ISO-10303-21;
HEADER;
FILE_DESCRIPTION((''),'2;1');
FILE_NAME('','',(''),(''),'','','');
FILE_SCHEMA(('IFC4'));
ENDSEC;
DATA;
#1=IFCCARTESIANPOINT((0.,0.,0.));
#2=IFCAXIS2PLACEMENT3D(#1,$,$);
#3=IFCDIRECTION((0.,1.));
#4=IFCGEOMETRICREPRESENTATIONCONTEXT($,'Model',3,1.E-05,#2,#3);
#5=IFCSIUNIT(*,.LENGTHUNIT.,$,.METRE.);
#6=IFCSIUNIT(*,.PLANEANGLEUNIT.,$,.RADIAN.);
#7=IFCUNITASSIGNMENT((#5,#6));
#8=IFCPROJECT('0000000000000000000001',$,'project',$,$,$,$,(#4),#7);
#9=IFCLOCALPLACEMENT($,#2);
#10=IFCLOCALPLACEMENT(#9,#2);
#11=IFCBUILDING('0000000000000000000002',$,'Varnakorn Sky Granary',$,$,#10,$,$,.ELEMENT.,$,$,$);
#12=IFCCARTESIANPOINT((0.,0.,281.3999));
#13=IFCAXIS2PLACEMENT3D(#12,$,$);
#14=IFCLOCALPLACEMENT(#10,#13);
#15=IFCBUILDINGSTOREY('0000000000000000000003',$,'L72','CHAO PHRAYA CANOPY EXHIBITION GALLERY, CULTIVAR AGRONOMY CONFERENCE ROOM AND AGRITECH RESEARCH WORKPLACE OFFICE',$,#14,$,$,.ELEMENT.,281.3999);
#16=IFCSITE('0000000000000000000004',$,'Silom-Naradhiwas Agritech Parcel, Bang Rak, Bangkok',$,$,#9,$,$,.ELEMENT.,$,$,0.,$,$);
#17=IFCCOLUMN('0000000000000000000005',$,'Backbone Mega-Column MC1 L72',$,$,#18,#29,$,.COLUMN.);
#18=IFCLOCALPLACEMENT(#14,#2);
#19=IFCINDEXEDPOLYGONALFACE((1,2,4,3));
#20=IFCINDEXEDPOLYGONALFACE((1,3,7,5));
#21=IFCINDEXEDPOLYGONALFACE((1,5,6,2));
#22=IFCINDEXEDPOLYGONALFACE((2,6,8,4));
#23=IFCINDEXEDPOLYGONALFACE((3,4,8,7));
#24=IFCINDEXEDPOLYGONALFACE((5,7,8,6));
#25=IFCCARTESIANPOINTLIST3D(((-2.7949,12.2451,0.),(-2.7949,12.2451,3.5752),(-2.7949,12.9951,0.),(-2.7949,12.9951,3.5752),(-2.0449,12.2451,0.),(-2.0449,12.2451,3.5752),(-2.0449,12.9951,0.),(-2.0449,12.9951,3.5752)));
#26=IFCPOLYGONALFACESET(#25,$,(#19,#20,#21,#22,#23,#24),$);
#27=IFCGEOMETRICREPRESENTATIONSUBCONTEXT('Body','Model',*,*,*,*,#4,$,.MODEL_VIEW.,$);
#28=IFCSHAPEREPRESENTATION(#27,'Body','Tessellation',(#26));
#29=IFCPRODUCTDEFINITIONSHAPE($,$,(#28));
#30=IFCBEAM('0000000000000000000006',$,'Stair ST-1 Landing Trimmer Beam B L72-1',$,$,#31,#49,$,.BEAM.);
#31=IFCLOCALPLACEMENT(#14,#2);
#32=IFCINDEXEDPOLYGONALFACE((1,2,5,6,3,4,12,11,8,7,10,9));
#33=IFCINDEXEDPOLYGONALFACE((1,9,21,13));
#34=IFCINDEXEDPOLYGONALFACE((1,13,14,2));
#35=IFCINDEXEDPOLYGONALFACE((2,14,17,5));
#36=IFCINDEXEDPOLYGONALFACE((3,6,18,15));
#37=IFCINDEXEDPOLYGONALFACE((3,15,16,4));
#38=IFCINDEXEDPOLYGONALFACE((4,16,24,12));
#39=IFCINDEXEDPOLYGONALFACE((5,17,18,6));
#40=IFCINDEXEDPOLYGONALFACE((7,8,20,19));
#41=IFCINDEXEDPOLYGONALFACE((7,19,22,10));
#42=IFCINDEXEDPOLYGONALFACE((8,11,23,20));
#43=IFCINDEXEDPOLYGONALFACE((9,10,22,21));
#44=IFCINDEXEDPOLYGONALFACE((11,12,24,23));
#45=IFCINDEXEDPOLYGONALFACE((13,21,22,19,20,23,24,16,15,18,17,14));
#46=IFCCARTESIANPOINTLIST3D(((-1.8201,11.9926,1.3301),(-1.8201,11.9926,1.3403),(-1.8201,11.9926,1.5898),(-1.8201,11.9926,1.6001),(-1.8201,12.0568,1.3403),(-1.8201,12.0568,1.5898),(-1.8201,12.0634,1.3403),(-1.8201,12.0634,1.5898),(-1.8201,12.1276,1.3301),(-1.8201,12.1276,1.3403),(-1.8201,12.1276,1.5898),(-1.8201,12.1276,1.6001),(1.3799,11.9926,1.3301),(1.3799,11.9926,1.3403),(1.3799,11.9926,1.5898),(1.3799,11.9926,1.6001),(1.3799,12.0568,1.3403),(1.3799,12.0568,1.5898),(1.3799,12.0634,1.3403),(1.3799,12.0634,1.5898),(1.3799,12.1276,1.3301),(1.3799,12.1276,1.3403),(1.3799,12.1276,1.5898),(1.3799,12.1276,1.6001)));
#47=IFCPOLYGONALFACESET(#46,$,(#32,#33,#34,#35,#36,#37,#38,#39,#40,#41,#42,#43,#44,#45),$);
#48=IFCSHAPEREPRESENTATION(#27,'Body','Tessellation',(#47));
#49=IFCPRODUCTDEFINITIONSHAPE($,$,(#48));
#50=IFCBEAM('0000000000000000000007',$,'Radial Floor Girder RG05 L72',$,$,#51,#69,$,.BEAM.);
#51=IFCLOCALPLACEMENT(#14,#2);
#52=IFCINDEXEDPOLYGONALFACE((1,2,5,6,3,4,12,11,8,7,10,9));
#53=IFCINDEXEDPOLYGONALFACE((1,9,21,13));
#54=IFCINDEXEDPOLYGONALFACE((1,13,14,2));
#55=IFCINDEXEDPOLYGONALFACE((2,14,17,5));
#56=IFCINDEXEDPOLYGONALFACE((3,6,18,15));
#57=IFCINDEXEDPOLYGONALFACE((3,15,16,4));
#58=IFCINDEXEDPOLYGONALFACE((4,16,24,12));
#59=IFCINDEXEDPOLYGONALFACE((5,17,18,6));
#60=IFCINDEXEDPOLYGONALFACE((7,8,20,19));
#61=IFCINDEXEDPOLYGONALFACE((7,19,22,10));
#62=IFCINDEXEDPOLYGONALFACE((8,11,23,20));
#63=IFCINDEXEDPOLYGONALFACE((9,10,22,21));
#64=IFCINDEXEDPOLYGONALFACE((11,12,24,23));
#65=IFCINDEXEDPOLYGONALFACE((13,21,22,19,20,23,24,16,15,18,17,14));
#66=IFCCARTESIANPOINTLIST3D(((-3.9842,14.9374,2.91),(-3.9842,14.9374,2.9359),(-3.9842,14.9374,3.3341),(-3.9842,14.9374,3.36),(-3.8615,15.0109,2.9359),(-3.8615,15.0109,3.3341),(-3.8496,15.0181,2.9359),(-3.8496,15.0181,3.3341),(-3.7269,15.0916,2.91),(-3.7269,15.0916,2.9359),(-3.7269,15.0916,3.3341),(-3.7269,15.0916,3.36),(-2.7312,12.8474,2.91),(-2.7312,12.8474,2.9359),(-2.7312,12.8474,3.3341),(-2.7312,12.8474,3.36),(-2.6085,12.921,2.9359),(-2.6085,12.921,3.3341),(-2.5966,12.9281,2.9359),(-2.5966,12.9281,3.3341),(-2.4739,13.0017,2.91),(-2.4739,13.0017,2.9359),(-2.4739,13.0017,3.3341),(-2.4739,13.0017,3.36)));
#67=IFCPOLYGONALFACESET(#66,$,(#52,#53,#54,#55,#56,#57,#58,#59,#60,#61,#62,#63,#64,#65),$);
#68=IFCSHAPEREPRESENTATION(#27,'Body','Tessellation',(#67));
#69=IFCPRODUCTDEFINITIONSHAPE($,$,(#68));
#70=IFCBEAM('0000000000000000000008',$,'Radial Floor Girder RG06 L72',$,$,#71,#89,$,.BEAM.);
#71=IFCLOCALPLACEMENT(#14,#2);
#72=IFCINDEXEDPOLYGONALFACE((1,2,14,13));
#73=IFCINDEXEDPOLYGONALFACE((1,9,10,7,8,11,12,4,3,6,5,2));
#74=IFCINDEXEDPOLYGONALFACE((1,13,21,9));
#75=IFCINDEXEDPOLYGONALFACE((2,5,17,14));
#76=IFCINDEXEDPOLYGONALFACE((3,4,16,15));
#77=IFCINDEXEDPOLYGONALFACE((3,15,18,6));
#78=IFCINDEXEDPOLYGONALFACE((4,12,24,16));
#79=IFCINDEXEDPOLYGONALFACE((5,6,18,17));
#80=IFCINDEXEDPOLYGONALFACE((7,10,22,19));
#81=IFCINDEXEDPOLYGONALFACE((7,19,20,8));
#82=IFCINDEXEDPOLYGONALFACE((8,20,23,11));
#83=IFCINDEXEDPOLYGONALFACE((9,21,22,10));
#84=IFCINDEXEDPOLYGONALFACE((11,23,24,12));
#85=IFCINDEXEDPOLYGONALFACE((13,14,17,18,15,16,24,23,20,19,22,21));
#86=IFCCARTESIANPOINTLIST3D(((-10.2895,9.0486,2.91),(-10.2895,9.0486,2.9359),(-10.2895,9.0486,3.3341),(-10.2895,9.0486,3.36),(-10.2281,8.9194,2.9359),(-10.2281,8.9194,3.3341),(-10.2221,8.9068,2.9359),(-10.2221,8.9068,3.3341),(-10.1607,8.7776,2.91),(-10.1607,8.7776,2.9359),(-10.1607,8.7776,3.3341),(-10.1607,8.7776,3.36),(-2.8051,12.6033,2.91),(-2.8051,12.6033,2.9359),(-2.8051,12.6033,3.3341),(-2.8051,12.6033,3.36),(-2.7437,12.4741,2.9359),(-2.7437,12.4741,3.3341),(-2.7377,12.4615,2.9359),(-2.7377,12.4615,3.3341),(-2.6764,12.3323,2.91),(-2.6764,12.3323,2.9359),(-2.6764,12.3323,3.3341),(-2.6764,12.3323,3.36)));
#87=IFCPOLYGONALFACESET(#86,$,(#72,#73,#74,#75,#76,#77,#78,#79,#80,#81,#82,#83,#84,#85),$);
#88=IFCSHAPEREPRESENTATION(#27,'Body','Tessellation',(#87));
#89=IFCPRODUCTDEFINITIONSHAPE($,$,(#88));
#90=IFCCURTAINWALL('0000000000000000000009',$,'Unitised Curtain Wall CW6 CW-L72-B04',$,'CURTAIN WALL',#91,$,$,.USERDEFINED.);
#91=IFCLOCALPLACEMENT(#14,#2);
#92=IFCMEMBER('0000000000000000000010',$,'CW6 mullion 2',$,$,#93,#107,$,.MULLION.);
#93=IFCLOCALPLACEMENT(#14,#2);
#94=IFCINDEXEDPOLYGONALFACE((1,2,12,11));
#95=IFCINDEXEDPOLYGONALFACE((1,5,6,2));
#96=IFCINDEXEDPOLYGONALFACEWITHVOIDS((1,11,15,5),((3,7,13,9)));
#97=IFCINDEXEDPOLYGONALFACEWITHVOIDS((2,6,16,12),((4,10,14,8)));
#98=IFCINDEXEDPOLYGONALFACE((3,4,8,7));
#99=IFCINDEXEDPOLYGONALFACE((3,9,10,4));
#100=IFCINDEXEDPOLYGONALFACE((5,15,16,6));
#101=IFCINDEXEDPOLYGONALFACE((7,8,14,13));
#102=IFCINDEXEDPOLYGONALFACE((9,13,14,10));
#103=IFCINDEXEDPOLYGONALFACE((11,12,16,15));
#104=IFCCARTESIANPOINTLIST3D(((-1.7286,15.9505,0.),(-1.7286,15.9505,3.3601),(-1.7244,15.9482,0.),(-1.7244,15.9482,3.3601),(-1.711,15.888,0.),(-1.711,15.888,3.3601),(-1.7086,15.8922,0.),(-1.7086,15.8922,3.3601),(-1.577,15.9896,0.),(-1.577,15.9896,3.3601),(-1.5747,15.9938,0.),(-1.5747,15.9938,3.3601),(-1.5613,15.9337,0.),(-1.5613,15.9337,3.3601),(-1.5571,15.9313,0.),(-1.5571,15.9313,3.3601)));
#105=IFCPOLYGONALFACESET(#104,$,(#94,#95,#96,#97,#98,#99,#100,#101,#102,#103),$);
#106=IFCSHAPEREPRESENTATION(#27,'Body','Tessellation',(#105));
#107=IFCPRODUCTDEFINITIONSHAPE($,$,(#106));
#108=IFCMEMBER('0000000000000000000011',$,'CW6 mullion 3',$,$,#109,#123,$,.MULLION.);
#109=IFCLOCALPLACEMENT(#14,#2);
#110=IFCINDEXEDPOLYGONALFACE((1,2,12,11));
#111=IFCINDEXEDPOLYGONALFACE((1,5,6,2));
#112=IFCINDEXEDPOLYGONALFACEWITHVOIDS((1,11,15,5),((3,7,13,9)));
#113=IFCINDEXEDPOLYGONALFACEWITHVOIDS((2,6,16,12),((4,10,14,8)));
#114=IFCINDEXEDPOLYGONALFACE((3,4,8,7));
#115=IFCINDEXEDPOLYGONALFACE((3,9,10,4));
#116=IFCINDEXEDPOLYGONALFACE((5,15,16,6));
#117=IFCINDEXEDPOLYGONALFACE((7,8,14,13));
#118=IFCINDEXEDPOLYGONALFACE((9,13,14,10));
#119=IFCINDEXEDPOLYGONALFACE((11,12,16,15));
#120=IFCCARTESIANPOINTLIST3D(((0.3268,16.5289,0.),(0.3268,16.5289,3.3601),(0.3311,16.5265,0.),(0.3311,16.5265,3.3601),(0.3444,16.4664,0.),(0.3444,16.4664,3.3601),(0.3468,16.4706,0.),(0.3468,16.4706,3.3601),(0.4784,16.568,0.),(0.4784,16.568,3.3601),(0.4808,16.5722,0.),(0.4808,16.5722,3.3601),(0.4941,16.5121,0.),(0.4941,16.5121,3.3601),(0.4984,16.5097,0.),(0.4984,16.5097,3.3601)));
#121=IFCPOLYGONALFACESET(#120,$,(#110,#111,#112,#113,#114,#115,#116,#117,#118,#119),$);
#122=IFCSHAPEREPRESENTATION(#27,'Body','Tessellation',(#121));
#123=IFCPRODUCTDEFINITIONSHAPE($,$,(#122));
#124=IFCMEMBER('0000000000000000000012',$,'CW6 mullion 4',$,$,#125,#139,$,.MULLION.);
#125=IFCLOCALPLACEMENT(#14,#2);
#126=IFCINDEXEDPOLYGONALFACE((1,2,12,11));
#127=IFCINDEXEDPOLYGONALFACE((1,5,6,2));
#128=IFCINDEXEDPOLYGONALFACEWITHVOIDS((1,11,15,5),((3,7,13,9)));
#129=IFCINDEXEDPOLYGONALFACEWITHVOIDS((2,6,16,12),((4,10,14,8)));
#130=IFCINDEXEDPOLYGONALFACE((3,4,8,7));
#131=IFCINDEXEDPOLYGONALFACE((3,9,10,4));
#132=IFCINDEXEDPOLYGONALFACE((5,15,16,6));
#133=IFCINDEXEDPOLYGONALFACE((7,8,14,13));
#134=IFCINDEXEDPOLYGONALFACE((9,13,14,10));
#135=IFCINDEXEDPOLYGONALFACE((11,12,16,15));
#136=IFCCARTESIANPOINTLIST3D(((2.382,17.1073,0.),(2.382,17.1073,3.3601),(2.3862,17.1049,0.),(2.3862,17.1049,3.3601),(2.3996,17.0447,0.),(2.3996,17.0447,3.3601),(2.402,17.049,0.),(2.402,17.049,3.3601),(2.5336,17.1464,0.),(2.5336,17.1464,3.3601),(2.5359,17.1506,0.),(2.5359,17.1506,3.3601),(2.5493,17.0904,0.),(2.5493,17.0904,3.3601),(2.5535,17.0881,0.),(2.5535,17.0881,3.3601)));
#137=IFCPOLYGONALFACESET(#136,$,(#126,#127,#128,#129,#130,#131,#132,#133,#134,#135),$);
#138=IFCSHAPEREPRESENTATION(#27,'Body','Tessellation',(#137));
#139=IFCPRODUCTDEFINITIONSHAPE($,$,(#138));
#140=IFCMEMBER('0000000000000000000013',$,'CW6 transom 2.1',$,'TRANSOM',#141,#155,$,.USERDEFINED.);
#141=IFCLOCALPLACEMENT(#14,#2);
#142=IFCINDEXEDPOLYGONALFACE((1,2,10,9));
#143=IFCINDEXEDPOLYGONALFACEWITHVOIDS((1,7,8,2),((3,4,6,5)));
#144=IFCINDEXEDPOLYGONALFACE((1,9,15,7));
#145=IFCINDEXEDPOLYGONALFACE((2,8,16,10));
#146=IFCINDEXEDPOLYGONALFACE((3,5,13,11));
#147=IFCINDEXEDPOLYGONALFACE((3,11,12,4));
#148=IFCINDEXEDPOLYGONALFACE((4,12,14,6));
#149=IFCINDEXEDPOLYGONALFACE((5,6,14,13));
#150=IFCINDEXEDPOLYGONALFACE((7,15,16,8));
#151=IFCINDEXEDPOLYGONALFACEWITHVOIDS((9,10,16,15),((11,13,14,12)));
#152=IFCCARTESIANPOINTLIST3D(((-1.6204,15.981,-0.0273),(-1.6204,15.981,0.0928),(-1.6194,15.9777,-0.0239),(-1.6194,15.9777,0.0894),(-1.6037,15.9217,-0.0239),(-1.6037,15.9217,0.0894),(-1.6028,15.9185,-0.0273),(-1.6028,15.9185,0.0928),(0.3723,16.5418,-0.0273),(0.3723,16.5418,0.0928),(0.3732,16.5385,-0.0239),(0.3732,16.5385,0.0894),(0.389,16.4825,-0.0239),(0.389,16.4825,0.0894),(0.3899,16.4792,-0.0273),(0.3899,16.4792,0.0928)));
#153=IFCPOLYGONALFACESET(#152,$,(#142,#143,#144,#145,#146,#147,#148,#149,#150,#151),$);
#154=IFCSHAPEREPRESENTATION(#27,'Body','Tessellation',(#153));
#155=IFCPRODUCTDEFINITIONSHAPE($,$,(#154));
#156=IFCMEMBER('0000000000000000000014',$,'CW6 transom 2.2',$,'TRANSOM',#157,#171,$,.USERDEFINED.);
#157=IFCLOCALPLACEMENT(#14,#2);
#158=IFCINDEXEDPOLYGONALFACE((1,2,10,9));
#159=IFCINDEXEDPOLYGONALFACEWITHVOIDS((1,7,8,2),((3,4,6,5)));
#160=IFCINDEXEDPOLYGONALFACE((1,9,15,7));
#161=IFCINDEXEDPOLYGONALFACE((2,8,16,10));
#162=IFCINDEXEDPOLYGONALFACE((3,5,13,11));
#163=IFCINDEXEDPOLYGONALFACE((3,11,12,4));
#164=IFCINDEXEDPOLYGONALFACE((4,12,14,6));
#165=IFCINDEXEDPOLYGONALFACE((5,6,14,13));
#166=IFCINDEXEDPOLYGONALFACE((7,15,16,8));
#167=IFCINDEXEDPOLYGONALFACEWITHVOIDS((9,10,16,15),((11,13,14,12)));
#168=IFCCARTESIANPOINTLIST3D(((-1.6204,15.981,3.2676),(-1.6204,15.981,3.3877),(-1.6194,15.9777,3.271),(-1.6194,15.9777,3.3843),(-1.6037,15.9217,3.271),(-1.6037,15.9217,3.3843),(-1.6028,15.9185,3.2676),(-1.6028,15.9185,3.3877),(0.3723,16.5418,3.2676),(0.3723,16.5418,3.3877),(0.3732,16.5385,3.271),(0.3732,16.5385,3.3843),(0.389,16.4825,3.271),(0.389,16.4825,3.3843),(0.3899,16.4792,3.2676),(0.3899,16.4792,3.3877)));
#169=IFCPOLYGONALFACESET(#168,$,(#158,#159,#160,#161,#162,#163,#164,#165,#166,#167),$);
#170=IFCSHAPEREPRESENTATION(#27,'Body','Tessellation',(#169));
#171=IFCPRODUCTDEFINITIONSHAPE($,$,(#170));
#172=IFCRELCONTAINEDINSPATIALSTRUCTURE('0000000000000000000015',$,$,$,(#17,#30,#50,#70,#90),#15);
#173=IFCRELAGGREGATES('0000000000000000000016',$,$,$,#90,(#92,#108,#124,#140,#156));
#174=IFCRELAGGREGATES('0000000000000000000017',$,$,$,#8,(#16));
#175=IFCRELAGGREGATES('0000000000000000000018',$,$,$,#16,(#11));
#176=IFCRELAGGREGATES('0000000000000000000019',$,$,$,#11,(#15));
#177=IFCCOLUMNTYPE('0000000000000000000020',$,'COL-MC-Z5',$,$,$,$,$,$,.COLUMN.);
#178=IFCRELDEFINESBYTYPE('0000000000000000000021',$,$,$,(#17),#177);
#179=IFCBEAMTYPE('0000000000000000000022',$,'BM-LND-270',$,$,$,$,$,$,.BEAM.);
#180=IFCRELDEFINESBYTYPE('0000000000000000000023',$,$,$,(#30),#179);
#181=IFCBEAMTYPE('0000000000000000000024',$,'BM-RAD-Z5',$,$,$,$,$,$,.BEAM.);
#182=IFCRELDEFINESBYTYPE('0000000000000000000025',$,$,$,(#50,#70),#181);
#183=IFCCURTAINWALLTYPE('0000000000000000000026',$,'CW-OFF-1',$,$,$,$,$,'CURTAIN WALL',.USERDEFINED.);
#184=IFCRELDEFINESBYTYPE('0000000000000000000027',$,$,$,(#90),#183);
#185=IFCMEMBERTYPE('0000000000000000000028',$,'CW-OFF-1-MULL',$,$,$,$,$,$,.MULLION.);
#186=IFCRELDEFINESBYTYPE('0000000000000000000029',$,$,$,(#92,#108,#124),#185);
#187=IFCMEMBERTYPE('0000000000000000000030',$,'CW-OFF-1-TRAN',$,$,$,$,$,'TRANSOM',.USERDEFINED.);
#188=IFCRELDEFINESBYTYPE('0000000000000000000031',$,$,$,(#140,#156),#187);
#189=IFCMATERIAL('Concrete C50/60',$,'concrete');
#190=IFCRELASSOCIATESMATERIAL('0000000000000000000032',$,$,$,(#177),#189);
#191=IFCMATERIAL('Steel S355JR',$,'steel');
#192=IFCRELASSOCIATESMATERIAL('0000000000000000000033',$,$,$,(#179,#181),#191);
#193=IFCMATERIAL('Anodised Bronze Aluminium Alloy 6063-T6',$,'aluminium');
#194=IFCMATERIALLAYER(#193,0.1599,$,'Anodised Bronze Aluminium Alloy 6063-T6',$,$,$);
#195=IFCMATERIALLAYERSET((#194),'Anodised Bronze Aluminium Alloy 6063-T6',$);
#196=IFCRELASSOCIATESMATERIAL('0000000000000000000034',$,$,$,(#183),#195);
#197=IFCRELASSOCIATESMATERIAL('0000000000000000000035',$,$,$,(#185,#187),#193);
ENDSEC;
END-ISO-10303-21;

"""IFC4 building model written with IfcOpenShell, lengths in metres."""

from ifc_helpers import new_model, si_unit, direction, frame, origin, origin_2d, place, context, subcontext, project, spatial, rectangle, hollow_rectangle, i_section, extrude, material, layer, layer_set, material_profile, profile_set, type_object, element, aggregate, save


model = new_model("IFC4")

# Units and contexts
model_context = context("Model", 3, precision=1e-05, world=origin(), true_north=direction((0.0, 1.0)))
body_context = subcontext(model_context, "Body", "Model", "MODEL_VIEW")
ifc_project = project(units=[si_unit("LENGTHUNIT", "METRE"), si_unit("PLANEANGLEUNIT", "RADIAN")], contexts=[model_context])

# Site, building, storey
site_placement = place(None, origin())
site = spatial("IfcSite", under=ifc_project, at=site_placement, Name="Silom-Naradhiwas Agritech Parcel, Bang Rak, Bangkok", CompositionType="ELEMENT", RefElevation=0.0)
building_placement = place(site_placement, origin())
building = spatial("IfcBuilding", under=site, at=building_placement, Name="Varnakorn Sky Granary", CompositionType="ELEMENT")
storey_placement = place(building_placement, frame((0.0, 0.0, 281.3999)))
storey = spatial("IfcBuildingStorey", under=building, at=storey_placement, Name="L72", Description="CHAO PHRAYA CANOPY EXHIBITION GALLERY, CULTIVAR AGRONOMY CONFERENCE ROOM AND AGRITECH RESEARCH WORKPLACE OFFICE", CompositionType="ELEMENT", Elevation=281.3999)

# Column
ifc_material_1 = material(Name="Concrete C50/60", Category="concrete")
ifc_material_profile_1 = material_profile(ifc_material_1, rectangle(XDim=0.75, YDim=0.75, at=origin_2d()), Name="RC 750x750")
ifc_profile_set_1 = profile_set([ifc_material_profile_1], Name="Concrete C50/60")
column_type = type_object("IfcColumnType", Name="COL-MC-Z5", PredefinedType="COLUMN", material=ifc_profile_set_1)
column_placement = place(storey_placement, frame((-2.4199, 12.6201, 0.0), z_axis=(0.0, 0.0, 1.0), x_axis=(1.0, 0.0, 0.0)))
element("IfcColumn", 1, at=column_placement, inside=storey, type_object=column_type, Name="Backbone Mega-Column MC1 L72", PredefinedType="COLUMN", context=body_context, shape_type="SweptSolid", body=[
    extrude(rectangle(XDim=0.75, YDim=0.75, at=origin_2d()), origin(), (0.0, 0.0, 1.0), 3.5752),
])

# Beams
ifc_material_2 = material(Name="Steel S355JR", Category="steel")
ifc_material_profile_2 = material_profile(ifc_material_2, i_section(OverallWidth=0.135, OverallDepth=0.27, WebThickness=0.0066, FlangeThickness=0.0103, at=origin_2d()), Name="IPE 270")
ifc_profile_set_2 = profile_set([ifc_material_profile_2], Name="Steel S355JR")
beam_type_1 = type_object("IfcBeamType", Name="BM-LND-270", PredefinedType="BEAM", material=ifc_profile_set_2)
beam_1_placement = place(storey_placement, frame((-1.8201, 12.0601, 1.4651), z_axis=(1.0, 0.0, 0.0), x_axis=(0.0, 1.0, 0.0)))
element("IfcBeam", 2, at=beam_1_placement, inside=storey, type_object=beam_type_1, Name="Stair ST-1 Landing Trimmer Beam B L72-1", PredefinedType="BEAM", context=body_context, shape_type="SweptSolid", body=[
    extrude(i_section(OverallWidth=0.135, OverallDepth=0.27, WebThickness=0.0066, FlangeThickness=0.0103, at=origin_2d()), origin(), (0.0, 0.0, 1.0), 3.2),
])
ifc_material_profile_3 = material_profile(ifc_material_2, i_section(OverallWidth=0.3, OverallDepth=0.45, WebThickness=0.0139, FlangeThickness=0.0259, at=origin_2d()), Name="HE 450 B")
ifc_profile_set_3 = profile_set([ifc_material_profile_3], Name="Steel S355JR")
beam_type_2 = type_object("IfcBeamType", Name="BM-RAD-Z5", PredefinedType="BEAM", material=ifc_profile_set_3)
beam_2_placement = place(storey_placement, frame((-2.6025, 12.9246, 3.135), z_axis=(-0.514201, 0.85767, 0.0), x_axis=(-0.85767, -0.514201, 0.0)))
element("IfcBeam", 3, at=beam_2_placement, inside=storey, type_object=beam_type_2, Name="Radial Floor Girder RG05 L72", PredefinedType="BEAM", context=body_context, shape_type="SweptSolid", body=[
    extrude(i_section(OverallWidth=0.3, OverallDepth=0.45, WebThickness=0.0139, FlangeThickness=0.0259, at=origin_2d()), origin(), (0.0, 0.0, 1.0), 2.4368),
])
beam_3_placement = place(storey_placement, frame((-2.7407, 12.4678, 3.135), z_axis=(-0.903296, -0.429018, 0.0), x_axis=(0.429018, -0.903296, 0.0)))
element("IfcBeam", 4, at=beam_3_placement, inside=storey, type_object=beam_type_2, Name="Radial Floor Girder RG06 L72", PredefinedType="BEAM", context=body_context, shape_type="SweptSolid", body=[
    extrude(i_section(OverallWidth=0.3, OverallDepth=0.45, WebThickness=0.0139, FlangeThickness=0.0259, at=origin_2d()), origin(), (0.0, 0.0, 1.0), 8.2856),
])

# Curtain wall, members
ifc_material_3 = material(Name="Anodised Bronze Aluminium Alloy 6063-T6", Category="aluminium")
ifc_layer_1 = layer(ifc_material_3, 0.1599, Name="Anodised Bronze Aluminium Alloy 6063-T6")
ifc_layer_set_1 = layer_set([ifc_layer_1], Name="Anodised Bronze Aluminium Alloy 6063-T6")
curtain_wall_type = type_object("IfcCurtainWallType", Name="CW-OFF-1", ElementType="CURTAIN WALL", PredefinedType="USERDEFINED", material=ifc_layer_set_1)
curtain_wall_placement = place(storey_placement, origin())
curtain_wall = element("IfcCurtainWall", 5, at=curtain_wall_placement, inside=storey, type_object=curtain_wall_type, Name="Unitised Curtain Wall CW6 CW-L72-B04", ObjectType="CURTAIN WALL", PredefinedType="USERDEFINED")
ifc_material_profile_4 = material_profile(ifc_material_3, hollow_rectangle(XDim=0.0649, YDim=0.1599, WallThickness=0.0034, at=origin_2d()), Name="ALU MULL 65x160")
ifc_profile_set_4 = profile_set([ifc_material_profile_4], Name="Anodised Bronze Aluminium Alloy 6063-T6")
member_type_1 = type_object("IfcMemberType", Name="CW-OFF-1-MULL", PredefinedType="MULLION", material=ifc_profile_set_4)
member_1_placement = place(storey_placement, frame((-1.6428, 15.9409, 0.0), z_axis=(0.0, 0.0, 1.0), x_axis=(-0.270868, 0.962616, 0.0)))
member_1 = element("IfcMember", 6, at=member_1_placement, type_object=member_type_1, Name="CW6 mullion 2", PredefinedType="MULLION", context=body_context, shape_type="SweptSolid", body=[
    extrude(hollow_rectangle(XDim=0.0649, YDim=0.1599, WallThickness=0.0034, at=origin_2d()), origin(), (0.0, 0.0, 1.0), 3.3601),
])
member_2_placement = place(storey_placement, frame((0.4126, 16.5193, 0.0), z_axis=(0.0, 0.0, 1.0), x_axis=(-0.270868, 0.962616, 0.0)))
member_2 = element("IfcMember", 7, at=member_2_placement, type_object=member_type_1, Name="CW6 mullion 3", PredefinedType="MULLION", context=body_context, shape_type="SweptSolid", body=[
    extrude(hollow_rectangle(XDim=0.0649, YDim=0.1599, WallThickness=0.0034, at=origin_2d()), origin(), (0.0, 0.0, 1.0), 3.3601),
])
member_3_placement = place(storey_placement, frame((2.4678, 17.0977, 0.0), z_axis=(0.0, 0.0, 1.0), x_axis=(-0.270868, 0.962616, 0.0)))
member_3 = element("IfcMember", 8, at=member_3_placement, type_object=member_type_1, Name="CW6 mullion 4", PredefinedType="MULLION", context=body_context, shape_type="SweptSolid", body=[
    extrude(hollow_rectangle(XDim=0.0649, YDim=0.1599, WallThickness=0.0034, at=origin_2d()), origin(), (0.0, 0.0, 1.0), 3.3601),
])
ifc_material_profile_5 = material_profile(ifc_material_3, hollow_rectangle(XDim=0.0649, YDim=0.1201, WallThickness=0.0034, at=origin_2d()), Name="ALU TRAN 65x120")
ifc_profile_set_5 = profile_set([ifc_material_profile_5], Name="Anodised Bronze Aluminium Alloy 6063-T6")
member_type_2 = type_object("IfcMemberType", Name="CW-OFF-1-TRAN", ElementType="TRANSOM", PredefinedType="USERDEFINED", material=ifc_profile_set_5)
member_4_placement = place(storey_placement, frame((-1.6116, 15.9497, 0.0327), z_axis=(0.962607, 0.270903, 0.0), x_axis=(-0.270903, 0.962607, 0.0)))
member_4 = element("IfcMember", 9, at=member_4_placement, type_object=member_type_2, Name="CW6 transom 2.1", ObjectType="TRANSOM", PredefinedType="USERDEFINED", context=body_context, shape_type="SweptSolid", body=[
    extrude(hollow_rectangle(XDim=0.0649, YDim=0.1201, WallThickness=0.0034, at=origin_2d()), origin(), (0.0, 0.0, 1.0), 2.0701),
])
member_5_placement = place(storey_placement, frame((-1.6116, 15.9497, 3.3276), z_axis=(0.962607, 0.270903, 0.0), x_axis=(-0.270903, 0.962607, 0.0)))
member_5 = element("IfcMember", 10, at=member_5_placement, type_object=member_type_2, Name="CW6 transom 2.2", ObjectType="TRANSOM", PredefinedType="USERDEFINED", context=body_context, shape_type="SweptSolid", body=[
    extrude(hollow_rectangle(XDim=0.0649, YDim=0.1201, WallThickness=0.0034, at=origin_2d()), origin(), (0.0, 0.0, 1.0), 2.0701),
])
aggregate(curtain_wall, [member_1, member_2, member_3, member_4, member_5])

save(model, "model.ifc")
